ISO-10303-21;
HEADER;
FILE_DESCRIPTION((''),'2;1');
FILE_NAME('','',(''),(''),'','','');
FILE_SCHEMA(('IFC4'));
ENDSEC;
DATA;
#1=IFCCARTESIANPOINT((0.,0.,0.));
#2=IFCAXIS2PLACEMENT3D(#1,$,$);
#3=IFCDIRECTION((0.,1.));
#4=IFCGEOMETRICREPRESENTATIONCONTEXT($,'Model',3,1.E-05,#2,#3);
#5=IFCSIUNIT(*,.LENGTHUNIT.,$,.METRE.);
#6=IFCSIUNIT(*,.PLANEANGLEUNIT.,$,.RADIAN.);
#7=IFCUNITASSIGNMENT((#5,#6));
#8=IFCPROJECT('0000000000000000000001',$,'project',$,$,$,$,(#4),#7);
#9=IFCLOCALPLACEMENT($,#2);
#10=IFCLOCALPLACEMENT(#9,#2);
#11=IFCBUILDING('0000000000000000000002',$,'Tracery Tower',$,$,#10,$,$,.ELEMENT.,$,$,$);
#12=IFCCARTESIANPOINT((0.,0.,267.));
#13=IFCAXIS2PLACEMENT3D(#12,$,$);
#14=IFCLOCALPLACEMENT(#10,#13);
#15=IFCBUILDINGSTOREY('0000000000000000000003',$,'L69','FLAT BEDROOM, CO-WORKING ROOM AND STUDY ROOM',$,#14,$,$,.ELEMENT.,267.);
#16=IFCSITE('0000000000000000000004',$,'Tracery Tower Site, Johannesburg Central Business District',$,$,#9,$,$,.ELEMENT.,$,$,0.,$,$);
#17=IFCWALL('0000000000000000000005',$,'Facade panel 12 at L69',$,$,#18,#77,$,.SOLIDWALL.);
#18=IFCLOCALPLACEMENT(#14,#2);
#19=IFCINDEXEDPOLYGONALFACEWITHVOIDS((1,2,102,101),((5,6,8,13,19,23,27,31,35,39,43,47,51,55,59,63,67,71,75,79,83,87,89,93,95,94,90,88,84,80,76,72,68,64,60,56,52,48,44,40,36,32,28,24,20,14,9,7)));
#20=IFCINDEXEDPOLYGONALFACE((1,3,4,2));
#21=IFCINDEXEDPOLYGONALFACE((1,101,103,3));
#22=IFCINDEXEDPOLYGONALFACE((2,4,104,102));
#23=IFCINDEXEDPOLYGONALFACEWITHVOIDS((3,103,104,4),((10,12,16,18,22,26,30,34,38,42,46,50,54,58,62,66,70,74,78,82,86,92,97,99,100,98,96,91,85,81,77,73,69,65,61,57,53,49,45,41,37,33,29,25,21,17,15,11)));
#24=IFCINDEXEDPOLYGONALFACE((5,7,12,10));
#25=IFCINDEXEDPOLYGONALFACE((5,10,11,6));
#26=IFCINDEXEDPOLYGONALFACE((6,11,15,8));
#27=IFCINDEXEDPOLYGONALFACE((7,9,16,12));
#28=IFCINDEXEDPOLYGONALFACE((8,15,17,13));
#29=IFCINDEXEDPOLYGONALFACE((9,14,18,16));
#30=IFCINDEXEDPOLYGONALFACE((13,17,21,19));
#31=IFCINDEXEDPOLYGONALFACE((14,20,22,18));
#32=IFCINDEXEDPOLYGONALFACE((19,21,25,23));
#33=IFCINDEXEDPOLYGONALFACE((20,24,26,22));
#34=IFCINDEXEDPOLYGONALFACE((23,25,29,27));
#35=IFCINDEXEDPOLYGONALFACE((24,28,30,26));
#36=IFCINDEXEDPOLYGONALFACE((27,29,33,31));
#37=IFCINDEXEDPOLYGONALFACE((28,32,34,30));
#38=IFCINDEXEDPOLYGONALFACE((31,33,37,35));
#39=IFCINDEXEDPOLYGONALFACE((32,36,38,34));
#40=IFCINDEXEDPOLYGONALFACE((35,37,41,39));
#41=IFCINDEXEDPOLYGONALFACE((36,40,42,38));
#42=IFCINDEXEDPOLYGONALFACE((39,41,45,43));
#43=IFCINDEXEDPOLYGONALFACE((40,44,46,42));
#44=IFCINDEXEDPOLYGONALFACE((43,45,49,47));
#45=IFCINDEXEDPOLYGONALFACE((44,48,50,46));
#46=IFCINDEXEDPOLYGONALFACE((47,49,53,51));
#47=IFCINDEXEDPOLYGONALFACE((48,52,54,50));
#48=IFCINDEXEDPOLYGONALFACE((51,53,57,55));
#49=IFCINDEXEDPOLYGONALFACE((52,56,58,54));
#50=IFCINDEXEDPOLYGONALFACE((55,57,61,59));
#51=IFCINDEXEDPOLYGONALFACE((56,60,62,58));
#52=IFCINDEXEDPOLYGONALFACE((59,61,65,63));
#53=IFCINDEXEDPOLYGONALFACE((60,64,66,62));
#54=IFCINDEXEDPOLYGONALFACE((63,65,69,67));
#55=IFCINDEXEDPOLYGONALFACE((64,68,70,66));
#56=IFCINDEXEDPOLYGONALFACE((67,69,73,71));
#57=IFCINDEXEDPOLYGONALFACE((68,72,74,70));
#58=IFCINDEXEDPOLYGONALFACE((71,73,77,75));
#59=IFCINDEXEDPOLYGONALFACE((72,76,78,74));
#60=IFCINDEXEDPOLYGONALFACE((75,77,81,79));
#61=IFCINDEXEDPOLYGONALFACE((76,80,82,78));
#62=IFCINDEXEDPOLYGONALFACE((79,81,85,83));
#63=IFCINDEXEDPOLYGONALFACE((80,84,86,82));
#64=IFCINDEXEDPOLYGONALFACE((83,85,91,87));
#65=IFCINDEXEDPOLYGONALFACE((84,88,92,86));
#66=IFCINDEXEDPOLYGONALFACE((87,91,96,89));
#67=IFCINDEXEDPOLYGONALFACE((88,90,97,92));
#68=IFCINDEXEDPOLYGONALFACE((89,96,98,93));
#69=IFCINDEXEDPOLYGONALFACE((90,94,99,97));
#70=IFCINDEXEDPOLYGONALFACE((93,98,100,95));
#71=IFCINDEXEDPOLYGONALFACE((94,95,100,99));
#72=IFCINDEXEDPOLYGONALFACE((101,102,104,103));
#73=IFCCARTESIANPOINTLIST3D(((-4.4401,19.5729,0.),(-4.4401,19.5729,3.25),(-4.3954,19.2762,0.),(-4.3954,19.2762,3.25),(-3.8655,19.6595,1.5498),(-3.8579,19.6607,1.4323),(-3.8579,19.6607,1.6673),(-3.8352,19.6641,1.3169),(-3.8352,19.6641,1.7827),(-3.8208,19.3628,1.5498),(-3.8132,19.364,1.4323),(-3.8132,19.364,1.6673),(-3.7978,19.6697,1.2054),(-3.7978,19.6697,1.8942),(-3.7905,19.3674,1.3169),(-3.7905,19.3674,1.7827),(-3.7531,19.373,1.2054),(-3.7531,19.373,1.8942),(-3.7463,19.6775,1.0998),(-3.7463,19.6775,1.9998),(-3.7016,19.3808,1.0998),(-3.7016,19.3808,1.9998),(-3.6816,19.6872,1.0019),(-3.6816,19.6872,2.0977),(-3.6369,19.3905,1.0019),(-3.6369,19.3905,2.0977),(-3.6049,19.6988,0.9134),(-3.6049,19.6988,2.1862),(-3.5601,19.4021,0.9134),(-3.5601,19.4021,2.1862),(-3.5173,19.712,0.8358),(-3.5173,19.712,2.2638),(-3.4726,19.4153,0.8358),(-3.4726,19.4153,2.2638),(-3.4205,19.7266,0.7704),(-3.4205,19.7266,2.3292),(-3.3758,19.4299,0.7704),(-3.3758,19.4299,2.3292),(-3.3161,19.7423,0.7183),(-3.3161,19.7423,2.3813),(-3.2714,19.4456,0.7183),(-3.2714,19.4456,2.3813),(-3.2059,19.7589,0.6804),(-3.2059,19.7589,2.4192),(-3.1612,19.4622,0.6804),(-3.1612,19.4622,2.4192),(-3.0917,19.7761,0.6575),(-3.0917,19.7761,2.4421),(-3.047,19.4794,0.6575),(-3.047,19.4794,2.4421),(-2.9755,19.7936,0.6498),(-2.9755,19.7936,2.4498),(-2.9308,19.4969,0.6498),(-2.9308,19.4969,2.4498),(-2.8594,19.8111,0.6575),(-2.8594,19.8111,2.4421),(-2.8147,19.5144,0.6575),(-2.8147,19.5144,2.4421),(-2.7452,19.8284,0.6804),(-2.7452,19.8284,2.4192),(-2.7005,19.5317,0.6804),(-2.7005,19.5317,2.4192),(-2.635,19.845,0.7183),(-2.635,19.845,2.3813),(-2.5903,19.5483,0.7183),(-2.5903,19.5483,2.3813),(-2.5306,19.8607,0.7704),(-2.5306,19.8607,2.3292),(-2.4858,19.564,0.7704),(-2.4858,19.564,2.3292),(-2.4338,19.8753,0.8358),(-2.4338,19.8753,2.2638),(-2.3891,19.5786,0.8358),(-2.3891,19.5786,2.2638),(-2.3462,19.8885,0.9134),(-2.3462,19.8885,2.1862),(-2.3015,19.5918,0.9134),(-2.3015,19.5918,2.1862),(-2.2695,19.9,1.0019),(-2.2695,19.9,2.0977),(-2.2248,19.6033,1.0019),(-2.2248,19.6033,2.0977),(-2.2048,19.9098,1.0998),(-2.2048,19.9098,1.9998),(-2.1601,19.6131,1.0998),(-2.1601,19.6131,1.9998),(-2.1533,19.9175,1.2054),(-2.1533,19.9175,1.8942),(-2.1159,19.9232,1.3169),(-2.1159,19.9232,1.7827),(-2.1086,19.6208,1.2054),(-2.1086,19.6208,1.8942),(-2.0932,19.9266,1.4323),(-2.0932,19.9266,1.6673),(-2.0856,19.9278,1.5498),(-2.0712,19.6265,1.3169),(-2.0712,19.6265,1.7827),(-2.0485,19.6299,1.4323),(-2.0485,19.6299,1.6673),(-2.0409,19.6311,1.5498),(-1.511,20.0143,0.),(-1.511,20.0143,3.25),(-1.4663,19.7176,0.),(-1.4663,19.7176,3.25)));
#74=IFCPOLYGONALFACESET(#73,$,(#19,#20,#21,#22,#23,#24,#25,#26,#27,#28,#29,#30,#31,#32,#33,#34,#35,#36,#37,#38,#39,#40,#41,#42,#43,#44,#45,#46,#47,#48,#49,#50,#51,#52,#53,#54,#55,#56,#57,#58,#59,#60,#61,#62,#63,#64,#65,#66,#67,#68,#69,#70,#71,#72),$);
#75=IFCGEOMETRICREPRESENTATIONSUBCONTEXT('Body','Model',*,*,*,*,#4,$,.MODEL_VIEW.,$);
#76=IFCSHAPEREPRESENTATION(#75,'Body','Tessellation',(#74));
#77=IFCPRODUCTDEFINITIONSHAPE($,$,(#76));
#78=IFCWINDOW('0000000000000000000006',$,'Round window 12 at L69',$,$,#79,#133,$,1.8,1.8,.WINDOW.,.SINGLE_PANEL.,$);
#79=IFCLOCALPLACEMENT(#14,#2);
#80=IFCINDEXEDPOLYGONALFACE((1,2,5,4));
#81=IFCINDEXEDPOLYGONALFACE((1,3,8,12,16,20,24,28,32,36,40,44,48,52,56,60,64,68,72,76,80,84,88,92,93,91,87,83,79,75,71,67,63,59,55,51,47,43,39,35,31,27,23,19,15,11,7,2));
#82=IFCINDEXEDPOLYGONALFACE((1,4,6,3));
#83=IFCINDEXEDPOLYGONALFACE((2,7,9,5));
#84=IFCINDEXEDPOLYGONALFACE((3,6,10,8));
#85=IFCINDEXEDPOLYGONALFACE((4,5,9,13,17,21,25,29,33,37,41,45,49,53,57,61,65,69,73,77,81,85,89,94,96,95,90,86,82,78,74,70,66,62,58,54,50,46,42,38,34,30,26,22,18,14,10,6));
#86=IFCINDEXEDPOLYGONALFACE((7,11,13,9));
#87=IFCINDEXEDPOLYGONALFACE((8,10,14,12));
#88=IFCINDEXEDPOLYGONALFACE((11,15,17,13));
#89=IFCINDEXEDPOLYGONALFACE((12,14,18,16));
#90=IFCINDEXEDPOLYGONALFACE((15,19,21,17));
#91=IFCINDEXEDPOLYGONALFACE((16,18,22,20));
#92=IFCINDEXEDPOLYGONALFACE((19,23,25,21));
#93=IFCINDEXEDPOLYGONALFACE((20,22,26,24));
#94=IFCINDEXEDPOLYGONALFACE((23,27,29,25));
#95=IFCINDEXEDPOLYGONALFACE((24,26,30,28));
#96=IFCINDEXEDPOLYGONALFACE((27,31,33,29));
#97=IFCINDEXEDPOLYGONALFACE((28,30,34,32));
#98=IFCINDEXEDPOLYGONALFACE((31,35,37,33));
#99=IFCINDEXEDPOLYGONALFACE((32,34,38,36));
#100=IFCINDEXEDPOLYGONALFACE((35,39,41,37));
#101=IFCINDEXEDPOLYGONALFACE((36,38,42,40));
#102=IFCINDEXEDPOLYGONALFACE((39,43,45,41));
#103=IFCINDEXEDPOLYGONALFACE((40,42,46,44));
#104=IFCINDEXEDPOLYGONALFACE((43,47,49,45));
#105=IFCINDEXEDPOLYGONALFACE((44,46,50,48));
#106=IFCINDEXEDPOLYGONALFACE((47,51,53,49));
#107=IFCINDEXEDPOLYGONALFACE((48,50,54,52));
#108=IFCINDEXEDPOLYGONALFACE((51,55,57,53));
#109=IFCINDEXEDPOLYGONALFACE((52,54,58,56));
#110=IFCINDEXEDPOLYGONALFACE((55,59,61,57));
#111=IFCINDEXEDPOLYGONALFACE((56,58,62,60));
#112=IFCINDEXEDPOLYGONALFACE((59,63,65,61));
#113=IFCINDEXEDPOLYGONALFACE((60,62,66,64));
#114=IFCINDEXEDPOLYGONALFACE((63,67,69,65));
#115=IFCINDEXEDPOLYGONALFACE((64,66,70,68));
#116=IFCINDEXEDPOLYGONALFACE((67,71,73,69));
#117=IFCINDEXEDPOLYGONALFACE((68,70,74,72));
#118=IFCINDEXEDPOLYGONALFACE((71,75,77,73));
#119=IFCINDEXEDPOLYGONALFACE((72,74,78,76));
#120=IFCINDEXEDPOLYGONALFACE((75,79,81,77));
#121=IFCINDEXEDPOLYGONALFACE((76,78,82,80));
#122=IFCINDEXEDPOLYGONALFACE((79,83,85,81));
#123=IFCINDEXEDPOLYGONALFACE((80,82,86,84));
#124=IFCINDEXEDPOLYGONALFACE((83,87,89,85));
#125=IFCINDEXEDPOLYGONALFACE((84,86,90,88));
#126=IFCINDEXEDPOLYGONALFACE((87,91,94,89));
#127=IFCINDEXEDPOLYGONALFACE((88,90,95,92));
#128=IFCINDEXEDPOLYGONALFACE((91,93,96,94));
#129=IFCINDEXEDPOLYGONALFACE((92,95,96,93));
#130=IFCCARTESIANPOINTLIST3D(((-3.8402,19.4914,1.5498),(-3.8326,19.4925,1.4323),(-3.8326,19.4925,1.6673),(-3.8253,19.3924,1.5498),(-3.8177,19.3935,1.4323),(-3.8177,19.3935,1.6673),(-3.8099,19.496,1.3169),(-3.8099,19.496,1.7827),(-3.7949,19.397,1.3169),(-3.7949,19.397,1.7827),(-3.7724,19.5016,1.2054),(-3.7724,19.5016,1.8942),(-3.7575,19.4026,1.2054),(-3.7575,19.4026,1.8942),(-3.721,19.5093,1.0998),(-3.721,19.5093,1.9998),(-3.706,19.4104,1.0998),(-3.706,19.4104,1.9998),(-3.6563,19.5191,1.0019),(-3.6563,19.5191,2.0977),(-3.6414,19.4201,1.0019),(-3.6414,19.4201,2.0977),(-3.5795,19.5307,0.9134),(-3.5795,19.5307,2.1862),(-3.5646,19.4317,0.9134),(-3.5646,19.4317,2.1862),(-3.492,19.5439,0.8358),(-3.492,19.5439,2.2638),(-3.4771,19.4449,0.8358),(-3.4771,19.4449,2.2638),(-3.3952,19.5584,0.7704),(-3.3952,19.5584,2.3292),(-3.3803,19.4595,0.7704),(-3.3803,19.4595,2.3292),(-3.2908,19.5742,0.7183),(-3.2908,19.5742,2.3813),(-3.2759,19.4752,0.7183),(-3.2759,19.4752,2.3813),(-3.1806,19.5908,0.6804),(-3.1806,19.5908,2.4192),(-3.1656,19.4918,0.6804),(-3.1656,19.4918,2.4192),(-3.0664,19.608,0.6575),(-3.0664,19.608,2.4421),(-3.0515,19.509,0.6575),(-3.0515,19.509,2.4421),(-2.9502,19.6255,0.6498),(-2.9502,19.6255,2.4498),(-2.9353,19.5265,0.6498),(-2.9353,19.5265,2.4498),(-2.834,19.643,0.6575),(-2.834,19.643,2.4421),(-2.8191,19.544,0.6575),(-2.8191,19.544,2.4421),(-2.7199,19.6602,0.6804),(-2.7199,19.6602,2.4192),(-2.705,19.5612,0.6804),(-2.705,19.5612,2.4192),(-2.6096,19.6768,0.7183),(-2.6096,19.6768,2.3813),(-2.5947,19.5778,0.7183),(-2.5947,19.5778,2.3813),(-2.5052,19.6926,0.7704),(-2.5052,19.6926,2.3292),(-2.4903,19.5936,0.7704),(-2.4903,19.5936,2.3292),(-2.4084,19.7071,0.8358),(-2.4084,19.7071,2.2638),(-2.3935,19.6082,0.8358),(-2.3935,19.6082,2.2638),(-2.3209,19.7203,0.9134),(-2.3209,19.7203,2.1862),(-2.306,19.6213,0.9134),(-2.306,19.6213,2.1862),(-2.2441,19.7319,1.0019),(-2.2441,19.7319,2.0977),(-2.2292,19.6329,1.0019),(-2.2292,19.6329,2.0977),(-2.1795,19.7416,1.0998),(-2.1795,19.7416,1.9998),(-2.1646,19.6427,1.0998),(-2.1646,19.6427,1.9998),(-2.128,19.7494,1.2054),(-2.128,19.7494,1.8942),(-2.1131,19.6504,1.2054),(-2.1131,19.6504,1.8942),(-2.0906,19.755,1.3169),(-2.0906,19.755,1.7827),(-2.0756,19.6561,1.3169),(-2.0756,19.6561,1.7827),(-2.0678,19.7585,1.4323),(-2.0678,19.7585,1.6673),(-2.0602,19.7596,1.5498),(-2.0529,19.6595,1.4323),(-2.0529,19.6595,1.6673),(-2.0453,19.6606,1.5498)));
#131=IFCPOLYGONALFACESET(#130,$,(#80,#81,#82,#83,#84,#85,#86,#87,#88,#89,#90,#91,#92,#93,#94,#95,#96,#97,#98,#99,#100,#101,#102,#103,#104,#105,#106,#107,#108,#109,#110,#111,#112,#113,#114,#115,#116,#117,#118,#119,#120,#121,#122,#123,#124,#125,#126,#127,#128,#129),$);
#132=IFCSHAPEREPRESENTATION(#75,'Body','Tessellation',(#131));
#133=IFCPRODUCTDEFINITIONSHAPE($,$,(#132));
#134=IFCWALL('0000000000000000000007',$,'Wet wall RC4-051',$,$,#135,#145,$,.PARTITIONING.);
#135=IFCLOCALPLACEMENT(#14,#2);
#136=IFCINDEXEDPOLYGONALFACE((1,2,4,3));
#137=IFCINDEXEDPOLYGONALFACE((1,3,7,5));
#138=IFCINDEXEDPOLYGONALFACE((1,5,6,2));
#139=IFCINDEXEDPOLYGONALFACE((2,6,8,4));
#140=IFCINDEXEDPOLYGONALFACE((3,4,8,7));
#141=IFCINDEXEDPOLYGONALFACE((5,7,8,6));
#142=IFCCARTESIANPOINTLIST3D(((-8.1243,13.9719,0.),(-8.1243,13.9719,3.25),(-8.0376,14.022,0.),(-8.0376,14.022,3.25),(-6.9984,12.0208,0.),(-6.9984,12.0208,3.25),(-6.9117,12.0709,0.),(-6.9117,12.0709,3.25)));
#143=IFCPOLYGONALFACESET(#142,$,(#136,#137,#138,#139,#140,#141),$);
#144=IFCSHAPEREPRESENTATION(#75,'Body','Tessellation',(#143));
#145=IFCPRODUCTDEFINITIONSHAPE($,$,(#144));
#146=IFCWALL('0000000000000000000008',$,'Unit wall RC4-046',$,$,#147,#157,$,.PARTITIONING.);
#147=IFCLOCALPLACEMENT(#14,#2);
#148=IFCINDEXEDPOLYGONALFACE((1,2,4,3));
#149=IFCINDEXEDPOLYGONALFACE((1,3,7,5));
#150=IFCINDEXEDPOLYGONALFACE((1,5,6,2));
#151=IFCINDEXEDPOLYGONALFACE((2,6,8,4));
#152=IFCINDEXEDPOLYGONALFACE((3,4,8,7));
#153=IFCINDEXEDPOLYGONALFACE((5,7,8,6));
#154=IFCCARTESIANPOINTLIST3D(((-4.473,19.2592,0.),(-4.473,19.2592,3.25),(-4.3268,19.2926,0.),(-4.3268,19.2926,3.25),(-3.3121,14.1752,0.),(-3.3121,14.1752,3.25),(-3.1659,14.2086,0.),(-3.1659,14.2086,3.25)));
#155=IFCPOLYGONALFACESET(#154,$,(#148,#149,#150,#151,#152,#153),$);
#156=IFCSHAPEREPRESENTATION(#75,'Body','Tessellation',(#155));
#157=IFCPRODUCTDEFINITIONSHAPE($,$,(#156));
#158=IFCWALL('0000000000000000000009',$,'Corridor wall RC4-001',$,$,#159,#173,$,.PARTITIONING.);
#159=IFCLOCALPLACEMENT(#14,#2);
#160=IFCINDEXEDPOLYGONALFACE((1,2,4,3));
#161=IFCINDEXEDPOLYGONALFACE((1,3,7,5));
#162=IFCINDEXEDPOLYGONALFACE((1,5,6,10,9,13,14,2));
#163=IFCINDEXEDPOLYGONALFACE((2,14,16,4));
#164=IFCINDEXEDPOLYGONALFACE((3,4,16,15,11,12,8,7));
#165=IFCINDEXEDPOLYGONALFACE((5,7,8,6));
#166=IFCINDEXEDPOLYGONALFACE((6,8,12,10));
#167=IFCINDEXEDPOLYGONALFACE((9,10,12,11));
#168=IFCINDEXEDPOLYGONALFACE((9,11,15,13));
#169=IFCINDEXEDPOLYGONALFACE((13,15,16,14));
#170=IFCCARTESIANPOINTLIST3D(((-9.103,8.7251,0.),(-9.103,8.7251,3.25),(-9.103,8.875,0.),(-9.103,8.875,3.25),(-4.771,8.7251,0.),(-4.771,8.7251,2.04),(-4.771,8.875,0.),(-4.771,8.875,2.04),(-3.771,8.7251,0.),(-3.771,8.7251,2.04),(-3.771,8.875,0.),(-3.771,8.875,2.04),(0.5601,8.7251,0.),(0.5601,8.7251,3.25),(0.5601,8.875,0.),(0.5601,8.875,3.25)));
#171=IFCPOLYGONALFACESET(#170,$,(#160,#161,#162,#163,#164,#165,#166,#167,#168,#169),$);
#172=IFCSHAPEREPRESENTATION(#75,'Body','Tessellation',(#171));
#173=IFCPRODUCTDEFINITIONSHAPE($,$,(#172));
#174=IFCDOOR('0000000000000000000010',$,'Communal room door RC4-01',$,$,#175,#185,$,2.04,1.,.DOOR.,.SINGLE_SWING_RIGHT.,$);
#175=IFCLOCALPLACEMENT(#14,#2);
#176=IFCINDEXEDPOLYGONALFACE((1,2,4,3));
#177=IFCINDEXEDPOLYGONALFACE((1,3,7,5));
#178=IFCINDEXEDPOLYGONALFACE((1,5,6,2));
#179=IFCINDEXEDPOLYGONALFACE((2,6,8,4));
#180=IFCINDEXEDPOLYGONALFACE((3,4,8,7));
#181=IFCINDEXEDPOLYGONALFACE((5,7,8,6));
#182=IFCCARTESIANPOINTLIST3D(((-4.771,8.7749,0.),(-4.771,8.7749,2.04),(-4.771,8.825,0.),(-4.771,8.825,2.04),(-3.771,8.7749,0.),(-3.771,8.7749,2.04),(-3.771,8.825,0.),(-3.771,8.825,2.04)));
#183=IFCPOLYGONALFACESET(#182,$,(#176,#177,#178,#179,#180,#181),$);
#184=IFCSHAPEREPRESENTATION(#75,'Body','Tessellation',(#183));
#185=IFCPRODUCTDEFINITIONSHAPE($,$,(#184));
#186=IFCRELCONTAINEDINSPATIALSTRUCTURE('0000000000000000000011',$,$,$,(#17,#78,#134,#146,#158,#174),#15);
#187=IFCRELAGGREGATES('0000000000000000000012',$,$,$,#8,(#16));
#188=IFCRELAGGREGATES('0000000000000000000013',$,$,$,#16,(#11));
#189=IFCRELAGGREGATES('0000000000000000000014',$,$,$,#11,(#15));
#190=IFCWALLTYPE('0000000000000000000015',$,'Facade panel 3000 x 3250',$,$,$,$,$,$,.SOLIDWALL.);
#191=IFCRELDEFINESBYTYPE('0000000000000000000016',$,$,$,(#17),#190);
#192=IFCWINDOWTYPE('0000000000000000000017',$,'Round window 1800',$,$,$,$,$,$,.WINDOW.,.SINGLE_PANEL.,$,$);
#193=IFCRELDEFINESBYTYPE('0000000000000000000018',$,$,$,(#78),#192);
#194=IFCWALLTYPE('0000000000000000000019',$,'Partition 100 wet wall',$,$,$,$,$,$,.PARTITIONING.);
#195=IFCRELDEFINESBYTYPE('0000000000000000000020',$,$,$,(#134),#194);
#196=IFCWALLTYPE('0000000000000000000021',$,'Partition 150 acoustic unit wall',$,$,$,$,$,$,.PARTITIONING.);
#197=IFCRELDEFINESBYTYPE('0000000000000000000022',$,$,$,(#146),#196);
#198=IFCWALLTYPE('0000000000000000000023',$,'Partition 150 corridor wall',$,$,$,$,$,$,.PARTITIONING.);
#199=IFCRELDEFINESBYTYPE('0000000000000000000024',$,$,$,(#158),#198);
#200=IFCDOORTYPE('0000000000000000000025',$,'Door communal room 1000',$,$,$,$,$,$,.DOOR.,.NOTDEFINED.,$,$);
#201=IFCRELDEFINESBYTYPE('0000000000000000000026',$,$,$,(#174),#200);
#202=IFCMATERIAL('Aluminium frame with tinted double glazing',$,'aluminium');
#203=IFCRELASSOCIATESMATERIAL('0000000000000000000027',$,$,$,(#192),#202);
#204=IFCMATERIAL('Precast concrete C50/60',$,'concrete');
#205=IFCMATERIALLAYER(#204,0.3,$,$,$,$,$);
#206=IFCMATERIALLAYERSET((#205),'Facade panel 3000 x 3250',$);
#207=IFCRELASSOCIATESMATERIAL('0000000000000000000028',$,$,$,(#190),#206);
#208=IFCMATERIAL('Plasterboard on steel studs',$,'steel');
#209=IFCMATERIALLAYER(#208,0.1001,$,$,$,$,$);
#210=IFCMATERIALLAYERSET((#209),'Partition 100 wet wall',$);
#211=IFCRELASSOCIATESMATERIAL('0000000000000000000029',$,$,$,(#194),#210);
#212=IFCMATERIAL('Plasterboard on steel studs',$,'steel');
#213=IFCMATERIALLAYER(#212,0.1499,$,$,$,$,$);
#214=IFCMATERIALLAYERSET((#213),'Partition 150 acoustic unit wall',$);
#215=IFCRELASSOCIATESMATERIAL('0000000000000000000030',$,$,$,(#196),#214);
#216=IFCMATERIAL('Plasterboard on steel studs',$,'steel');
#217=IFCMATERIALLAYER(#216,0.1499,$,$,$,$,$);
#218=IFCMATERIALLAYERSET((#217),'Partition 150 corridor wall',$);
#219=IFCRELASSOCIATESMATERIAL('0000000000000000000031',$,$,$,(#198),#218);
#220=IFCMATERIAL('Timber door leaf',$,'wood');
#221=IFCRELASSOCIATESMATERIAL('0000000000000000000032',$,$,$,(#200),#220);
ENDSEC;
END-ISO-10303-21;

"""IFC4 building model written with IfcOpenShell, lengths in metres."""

from ifc_helpers import new_model, si_unit, direction, frame, frame_2d, origin, origin_2d, place, context, subcontext, project, spatial, rectangle, circle, extrude, material, layer, layer_set, type_object, element, fill, save


model = new_model("IFC4")

# Units and contexts
model_context = context("Model", 3, precision=1e-05, world=origin(), true_north=direction((0.0, 1.0)))
body_context = subcontext(model_context, "Body", "Model", "MODEL_VIEW")
ifc_project = project(units=[si_unit("LENGTHUNIT", "METRE"), si_unit("PLANEANGLEUNIT", "RADIAN")], contexts=[model_context])

# Site, building, storey
site_placement = place(None, origin())
site = spatial("IfcSite", under=ifc_project, at=site_placement, Name="Tracery Tower Site, Johannesburg Central Business District", CompositionType="ELEMENT", RefElevation=0.0)
building_placement = place(site_placement, origin())
building = spatial("IfcBuilding", under=site, at=building_placement, Name="Tracery Tower", CompositionType="ELEMENT")
storey_placement = place(building_placement, frame((0.0, 0.0, 267.0)))
storey = spatial("IfcBuildingStorey", under=building, at=storey_placement, Name="L69", Description="FLAT BEDROOM, CO-WORKING ROOM AND STUDY ROOM", CompositionType="ELEMENT", Elevation=267.0)

# Wall, opening, window
ifc_material_1 = material(Name="Aluminium frame with tinted double glazing", Category="aluminium")
window_type = type_object("IfcWindowType", Name="Round window 1800", PartitioningType="SINGLE_PANEL", PredefinedType="WINDOW", material=ifc_material_1)
ifc_material_2 = material(Name="Precast concrete C50/60", Category="concrete")
ifc_layer_1 = layer(ifc_material_2, 0.3)
ifc_layer_set_1 = layer_set([ifc_layer_1], Name="Facade panel 3000 x 3250")
wall_type_1 = type_object("IfcWallType", Name="Facade panel 3000 x 3250", PredefinedType="SOLIDWALL", material=ifc_layer_set_1)
wall_1_placement = place(storey_placement, frame((-1.4888, 19.866, 0.0), z_axis=(0.0, 0.0, 1.0), x_axis=(-0.988836, -0.149009, 0.0)))
wall_1 = element("IfcWall", 1, at=wall_1_placement, inside=storey, type_object=wall_type_1, Name="Facade panel 12 at L69", PredefinedType="SOLIDWALL", context=body_context, shape_type="SweptSolid", body=[
    extrude(rectangle(XDim=2.9622, YDim=0.3, at=frame_2d((1.481, 0.0))), origin(), (0.0, 0.0, 1.0), 3.25),
])
opening_1_placement = place(wall_1_placement, frame((1.481, 0.0, 1.5498)))
opening_1 = element("IfcOpeningElement", 2, at=opening_1_placement, cuts=wall_1, PredefinedType="OPENING", context=body_context, shape_type="SweptSolid", body=[
    extrude(circle(Radius=0.9, at=origin_2d()), frame((0.0, 0.1599, 0.0), z_axis=(0.0, -1.0, 0.0), x_axis=(1.0, 0.0, 0.0)), (0.0, 0.0, 1.0), 0.3201),
])
window_1_placement = place(opening_1_placement, origin())
window_1 = element("IfcWindow", 3, at=window_1_placement, inside=storey, type_object=window_type, Name="Round window 12 at L69", OverallHeight=1.8, OverallWidth=1.8, PartitioningType="SINGLE_PANEL", PredefinedType="WINDOW", context=body_context, shape_type="SweptSolid", body=[
    extrude(circle(Radius=0.9, at=origin_2d()), frame((0.0, 0.1201, 0.0), z_axis=(0.0, -1.0, 0.0), x_axis=(1.0, 0.0, 0.0)), (0.0, 0.0, 1.0), 0.1001),
])
fill(opening_1, window_1)

# Walls
ifc_material_3 = material(Name="Plasterboard on steel studs", Category="steel")
ifc_layer_2 = layer(ifc_material_3, 0.1001)
ifc_layer_set_2 = layer_set([ifc_layer_2], Name="Partition 100 wet wall")
wall_type_2 = type_object("IfcWallType", Name="Partition 100 wet wall", PredefinedType="PARTITIONING", material=ifc_layer_set_2)
wall_2_placement = place(storey_placement, frame((-8.0811, 13.9971, 0.0), z_axis=(0.0, 0.0, 1.0), x_axis=(0.499823, -0.866128, 0.0)))
element("IfcWall", 4, at=wall_2_placement, inside=storey, type_object=wall_type_2, Name="Wet wall RC4-051", PredefinedType="PARTITIONING", context=body_context, shape_type="SweptSolid", body=[
    extrude(rectangle(XDim=2.2527, YDim=0.1001, at=frame_2d((1.1265, 0.0))), origin(), (0.0, 0.0, 1.0), 3.25),
])
ifc_material_4 = material(Name="Plasterboard on steel studs", Category="steel")
ifc_layer_3 = layer(ifc_material_4, 0.1499)
ifc_layer_set_3 = layer_set([ifc_layer_3], Name="Partition 150 acoustic unit wall")
wall_type_3 = type_object("IfcWallType", Name="Partition 150 acoustic unit wall", PredefinedType="PARTITIONING", material=ifc_layer_set_3)
wall_3_placement = place(storey_placement, frame((-4.3999, 19.2759, 0.0), z_axis=(0.0, 0.0, 1.0), x_axis=(0.222613, -0.974907, 0.0)))
element("IfcWall", 5, at=wall_3_placement, inside=storey, type_object=wall_type_3, Name="Unit wall RC4-046", PredefinedType="PARTITIONING", context=body_context, shape_type="SweptSolid", body=[
    extrude(rectangle(XDim=5.2148, YDim=0.1499, at=frame_2d((2.6074, 0.0))), origin(), (0.0, 0.0, 1.0), 3.25),
])

# Wall, opening, door
ifc_material_5 = material(Name="Plasterboard on steel studs", Category="steel")
ifc_layer_4 = layer(ifc_material_5, 0.1499)
ifc_layer_set_4 = layer_set([ifc_layer_4], Name="Partition 150 corridor wall")
wall_type_4 = type_object("IfcWallType", Name="Partition 150 corridor wall", PredefinedType="PARTITIONING", material=ifc_layer_set_4)
wall_4_placement = place(storey_placement, frame((-9.103, 8.8, 0.0), z_axis=(0.0, 0.0, 1.0), x_axis=(1.0, 0.0, 0.0)))
wall_4 = element("IfcWall", 6, at=wall_4_placement, inside=storey, type_object=wall_type_4, Name="Corridor wall RC4-001", PredefinedType="PARTITIONING", context=body_context, shape_type="SweptSolid", body=[
    extrude(rectangle(XDim=9.6631, YDim=0.1499, at=frame_2d((4.8315, 0.0))), origin(), (0.0, 0.0, 1.0), 3.25),
])
opening_2_placement = place(wall_4_placement, frame((4.332, 0.0, 0.0)))
opening_2 = element("IfcOpeningElement", 7, at=opening_2_placement, cuts=wall_4, PredefinedType="OPENING", context=body_context, shape_type="SweptSolid", body=[
    extrude(rectangle(XDim=1.0, YDim=2.04, at=frame_2d((0.5, 1.02))), frame((0.0, 0.075, 0.0), z_axis=(0.0, -1.0, 0.0), x_axis=(1.0, 0.0, 0.0)), (0.0, 0.0, 1.0), 0.1499),
])
ifc_material_6 = material(Name="Timber door leaf", Category="wood")
door_type = type_object("IfcDoorType", Name="Door communal room 1000", OperationType="NOTDEFINED", PredefinedType="DOOR", material=ifc_material_6)
door_placement = place(opening_2_placement, origin())
door = element("IfcDoor", 8, at=door_placement, inside=storey, type_object=door_type, Name="Communal room door RC4-01", OperationType="SINGLE_SWING_RIGHT", OverallHeight=2.04, OverallWidth=1.0, PredefinedType="DOOR", context=body_context, shape_type="SweptSolid", body=[
    extrude(rectangle(XDim=1.0, YDim=2.04, at=frame_2d((0.5, 1.02))), frame((0.0, 0.0249, 0.0), z_axis=(0.0, -1.0, 0.0), x_axis=(1.0, 0.0, 0.0)), (0.0, 0.0, 1.0), 0.05),
])
fill(opening_2, door)

save(model, "model.ifc")
